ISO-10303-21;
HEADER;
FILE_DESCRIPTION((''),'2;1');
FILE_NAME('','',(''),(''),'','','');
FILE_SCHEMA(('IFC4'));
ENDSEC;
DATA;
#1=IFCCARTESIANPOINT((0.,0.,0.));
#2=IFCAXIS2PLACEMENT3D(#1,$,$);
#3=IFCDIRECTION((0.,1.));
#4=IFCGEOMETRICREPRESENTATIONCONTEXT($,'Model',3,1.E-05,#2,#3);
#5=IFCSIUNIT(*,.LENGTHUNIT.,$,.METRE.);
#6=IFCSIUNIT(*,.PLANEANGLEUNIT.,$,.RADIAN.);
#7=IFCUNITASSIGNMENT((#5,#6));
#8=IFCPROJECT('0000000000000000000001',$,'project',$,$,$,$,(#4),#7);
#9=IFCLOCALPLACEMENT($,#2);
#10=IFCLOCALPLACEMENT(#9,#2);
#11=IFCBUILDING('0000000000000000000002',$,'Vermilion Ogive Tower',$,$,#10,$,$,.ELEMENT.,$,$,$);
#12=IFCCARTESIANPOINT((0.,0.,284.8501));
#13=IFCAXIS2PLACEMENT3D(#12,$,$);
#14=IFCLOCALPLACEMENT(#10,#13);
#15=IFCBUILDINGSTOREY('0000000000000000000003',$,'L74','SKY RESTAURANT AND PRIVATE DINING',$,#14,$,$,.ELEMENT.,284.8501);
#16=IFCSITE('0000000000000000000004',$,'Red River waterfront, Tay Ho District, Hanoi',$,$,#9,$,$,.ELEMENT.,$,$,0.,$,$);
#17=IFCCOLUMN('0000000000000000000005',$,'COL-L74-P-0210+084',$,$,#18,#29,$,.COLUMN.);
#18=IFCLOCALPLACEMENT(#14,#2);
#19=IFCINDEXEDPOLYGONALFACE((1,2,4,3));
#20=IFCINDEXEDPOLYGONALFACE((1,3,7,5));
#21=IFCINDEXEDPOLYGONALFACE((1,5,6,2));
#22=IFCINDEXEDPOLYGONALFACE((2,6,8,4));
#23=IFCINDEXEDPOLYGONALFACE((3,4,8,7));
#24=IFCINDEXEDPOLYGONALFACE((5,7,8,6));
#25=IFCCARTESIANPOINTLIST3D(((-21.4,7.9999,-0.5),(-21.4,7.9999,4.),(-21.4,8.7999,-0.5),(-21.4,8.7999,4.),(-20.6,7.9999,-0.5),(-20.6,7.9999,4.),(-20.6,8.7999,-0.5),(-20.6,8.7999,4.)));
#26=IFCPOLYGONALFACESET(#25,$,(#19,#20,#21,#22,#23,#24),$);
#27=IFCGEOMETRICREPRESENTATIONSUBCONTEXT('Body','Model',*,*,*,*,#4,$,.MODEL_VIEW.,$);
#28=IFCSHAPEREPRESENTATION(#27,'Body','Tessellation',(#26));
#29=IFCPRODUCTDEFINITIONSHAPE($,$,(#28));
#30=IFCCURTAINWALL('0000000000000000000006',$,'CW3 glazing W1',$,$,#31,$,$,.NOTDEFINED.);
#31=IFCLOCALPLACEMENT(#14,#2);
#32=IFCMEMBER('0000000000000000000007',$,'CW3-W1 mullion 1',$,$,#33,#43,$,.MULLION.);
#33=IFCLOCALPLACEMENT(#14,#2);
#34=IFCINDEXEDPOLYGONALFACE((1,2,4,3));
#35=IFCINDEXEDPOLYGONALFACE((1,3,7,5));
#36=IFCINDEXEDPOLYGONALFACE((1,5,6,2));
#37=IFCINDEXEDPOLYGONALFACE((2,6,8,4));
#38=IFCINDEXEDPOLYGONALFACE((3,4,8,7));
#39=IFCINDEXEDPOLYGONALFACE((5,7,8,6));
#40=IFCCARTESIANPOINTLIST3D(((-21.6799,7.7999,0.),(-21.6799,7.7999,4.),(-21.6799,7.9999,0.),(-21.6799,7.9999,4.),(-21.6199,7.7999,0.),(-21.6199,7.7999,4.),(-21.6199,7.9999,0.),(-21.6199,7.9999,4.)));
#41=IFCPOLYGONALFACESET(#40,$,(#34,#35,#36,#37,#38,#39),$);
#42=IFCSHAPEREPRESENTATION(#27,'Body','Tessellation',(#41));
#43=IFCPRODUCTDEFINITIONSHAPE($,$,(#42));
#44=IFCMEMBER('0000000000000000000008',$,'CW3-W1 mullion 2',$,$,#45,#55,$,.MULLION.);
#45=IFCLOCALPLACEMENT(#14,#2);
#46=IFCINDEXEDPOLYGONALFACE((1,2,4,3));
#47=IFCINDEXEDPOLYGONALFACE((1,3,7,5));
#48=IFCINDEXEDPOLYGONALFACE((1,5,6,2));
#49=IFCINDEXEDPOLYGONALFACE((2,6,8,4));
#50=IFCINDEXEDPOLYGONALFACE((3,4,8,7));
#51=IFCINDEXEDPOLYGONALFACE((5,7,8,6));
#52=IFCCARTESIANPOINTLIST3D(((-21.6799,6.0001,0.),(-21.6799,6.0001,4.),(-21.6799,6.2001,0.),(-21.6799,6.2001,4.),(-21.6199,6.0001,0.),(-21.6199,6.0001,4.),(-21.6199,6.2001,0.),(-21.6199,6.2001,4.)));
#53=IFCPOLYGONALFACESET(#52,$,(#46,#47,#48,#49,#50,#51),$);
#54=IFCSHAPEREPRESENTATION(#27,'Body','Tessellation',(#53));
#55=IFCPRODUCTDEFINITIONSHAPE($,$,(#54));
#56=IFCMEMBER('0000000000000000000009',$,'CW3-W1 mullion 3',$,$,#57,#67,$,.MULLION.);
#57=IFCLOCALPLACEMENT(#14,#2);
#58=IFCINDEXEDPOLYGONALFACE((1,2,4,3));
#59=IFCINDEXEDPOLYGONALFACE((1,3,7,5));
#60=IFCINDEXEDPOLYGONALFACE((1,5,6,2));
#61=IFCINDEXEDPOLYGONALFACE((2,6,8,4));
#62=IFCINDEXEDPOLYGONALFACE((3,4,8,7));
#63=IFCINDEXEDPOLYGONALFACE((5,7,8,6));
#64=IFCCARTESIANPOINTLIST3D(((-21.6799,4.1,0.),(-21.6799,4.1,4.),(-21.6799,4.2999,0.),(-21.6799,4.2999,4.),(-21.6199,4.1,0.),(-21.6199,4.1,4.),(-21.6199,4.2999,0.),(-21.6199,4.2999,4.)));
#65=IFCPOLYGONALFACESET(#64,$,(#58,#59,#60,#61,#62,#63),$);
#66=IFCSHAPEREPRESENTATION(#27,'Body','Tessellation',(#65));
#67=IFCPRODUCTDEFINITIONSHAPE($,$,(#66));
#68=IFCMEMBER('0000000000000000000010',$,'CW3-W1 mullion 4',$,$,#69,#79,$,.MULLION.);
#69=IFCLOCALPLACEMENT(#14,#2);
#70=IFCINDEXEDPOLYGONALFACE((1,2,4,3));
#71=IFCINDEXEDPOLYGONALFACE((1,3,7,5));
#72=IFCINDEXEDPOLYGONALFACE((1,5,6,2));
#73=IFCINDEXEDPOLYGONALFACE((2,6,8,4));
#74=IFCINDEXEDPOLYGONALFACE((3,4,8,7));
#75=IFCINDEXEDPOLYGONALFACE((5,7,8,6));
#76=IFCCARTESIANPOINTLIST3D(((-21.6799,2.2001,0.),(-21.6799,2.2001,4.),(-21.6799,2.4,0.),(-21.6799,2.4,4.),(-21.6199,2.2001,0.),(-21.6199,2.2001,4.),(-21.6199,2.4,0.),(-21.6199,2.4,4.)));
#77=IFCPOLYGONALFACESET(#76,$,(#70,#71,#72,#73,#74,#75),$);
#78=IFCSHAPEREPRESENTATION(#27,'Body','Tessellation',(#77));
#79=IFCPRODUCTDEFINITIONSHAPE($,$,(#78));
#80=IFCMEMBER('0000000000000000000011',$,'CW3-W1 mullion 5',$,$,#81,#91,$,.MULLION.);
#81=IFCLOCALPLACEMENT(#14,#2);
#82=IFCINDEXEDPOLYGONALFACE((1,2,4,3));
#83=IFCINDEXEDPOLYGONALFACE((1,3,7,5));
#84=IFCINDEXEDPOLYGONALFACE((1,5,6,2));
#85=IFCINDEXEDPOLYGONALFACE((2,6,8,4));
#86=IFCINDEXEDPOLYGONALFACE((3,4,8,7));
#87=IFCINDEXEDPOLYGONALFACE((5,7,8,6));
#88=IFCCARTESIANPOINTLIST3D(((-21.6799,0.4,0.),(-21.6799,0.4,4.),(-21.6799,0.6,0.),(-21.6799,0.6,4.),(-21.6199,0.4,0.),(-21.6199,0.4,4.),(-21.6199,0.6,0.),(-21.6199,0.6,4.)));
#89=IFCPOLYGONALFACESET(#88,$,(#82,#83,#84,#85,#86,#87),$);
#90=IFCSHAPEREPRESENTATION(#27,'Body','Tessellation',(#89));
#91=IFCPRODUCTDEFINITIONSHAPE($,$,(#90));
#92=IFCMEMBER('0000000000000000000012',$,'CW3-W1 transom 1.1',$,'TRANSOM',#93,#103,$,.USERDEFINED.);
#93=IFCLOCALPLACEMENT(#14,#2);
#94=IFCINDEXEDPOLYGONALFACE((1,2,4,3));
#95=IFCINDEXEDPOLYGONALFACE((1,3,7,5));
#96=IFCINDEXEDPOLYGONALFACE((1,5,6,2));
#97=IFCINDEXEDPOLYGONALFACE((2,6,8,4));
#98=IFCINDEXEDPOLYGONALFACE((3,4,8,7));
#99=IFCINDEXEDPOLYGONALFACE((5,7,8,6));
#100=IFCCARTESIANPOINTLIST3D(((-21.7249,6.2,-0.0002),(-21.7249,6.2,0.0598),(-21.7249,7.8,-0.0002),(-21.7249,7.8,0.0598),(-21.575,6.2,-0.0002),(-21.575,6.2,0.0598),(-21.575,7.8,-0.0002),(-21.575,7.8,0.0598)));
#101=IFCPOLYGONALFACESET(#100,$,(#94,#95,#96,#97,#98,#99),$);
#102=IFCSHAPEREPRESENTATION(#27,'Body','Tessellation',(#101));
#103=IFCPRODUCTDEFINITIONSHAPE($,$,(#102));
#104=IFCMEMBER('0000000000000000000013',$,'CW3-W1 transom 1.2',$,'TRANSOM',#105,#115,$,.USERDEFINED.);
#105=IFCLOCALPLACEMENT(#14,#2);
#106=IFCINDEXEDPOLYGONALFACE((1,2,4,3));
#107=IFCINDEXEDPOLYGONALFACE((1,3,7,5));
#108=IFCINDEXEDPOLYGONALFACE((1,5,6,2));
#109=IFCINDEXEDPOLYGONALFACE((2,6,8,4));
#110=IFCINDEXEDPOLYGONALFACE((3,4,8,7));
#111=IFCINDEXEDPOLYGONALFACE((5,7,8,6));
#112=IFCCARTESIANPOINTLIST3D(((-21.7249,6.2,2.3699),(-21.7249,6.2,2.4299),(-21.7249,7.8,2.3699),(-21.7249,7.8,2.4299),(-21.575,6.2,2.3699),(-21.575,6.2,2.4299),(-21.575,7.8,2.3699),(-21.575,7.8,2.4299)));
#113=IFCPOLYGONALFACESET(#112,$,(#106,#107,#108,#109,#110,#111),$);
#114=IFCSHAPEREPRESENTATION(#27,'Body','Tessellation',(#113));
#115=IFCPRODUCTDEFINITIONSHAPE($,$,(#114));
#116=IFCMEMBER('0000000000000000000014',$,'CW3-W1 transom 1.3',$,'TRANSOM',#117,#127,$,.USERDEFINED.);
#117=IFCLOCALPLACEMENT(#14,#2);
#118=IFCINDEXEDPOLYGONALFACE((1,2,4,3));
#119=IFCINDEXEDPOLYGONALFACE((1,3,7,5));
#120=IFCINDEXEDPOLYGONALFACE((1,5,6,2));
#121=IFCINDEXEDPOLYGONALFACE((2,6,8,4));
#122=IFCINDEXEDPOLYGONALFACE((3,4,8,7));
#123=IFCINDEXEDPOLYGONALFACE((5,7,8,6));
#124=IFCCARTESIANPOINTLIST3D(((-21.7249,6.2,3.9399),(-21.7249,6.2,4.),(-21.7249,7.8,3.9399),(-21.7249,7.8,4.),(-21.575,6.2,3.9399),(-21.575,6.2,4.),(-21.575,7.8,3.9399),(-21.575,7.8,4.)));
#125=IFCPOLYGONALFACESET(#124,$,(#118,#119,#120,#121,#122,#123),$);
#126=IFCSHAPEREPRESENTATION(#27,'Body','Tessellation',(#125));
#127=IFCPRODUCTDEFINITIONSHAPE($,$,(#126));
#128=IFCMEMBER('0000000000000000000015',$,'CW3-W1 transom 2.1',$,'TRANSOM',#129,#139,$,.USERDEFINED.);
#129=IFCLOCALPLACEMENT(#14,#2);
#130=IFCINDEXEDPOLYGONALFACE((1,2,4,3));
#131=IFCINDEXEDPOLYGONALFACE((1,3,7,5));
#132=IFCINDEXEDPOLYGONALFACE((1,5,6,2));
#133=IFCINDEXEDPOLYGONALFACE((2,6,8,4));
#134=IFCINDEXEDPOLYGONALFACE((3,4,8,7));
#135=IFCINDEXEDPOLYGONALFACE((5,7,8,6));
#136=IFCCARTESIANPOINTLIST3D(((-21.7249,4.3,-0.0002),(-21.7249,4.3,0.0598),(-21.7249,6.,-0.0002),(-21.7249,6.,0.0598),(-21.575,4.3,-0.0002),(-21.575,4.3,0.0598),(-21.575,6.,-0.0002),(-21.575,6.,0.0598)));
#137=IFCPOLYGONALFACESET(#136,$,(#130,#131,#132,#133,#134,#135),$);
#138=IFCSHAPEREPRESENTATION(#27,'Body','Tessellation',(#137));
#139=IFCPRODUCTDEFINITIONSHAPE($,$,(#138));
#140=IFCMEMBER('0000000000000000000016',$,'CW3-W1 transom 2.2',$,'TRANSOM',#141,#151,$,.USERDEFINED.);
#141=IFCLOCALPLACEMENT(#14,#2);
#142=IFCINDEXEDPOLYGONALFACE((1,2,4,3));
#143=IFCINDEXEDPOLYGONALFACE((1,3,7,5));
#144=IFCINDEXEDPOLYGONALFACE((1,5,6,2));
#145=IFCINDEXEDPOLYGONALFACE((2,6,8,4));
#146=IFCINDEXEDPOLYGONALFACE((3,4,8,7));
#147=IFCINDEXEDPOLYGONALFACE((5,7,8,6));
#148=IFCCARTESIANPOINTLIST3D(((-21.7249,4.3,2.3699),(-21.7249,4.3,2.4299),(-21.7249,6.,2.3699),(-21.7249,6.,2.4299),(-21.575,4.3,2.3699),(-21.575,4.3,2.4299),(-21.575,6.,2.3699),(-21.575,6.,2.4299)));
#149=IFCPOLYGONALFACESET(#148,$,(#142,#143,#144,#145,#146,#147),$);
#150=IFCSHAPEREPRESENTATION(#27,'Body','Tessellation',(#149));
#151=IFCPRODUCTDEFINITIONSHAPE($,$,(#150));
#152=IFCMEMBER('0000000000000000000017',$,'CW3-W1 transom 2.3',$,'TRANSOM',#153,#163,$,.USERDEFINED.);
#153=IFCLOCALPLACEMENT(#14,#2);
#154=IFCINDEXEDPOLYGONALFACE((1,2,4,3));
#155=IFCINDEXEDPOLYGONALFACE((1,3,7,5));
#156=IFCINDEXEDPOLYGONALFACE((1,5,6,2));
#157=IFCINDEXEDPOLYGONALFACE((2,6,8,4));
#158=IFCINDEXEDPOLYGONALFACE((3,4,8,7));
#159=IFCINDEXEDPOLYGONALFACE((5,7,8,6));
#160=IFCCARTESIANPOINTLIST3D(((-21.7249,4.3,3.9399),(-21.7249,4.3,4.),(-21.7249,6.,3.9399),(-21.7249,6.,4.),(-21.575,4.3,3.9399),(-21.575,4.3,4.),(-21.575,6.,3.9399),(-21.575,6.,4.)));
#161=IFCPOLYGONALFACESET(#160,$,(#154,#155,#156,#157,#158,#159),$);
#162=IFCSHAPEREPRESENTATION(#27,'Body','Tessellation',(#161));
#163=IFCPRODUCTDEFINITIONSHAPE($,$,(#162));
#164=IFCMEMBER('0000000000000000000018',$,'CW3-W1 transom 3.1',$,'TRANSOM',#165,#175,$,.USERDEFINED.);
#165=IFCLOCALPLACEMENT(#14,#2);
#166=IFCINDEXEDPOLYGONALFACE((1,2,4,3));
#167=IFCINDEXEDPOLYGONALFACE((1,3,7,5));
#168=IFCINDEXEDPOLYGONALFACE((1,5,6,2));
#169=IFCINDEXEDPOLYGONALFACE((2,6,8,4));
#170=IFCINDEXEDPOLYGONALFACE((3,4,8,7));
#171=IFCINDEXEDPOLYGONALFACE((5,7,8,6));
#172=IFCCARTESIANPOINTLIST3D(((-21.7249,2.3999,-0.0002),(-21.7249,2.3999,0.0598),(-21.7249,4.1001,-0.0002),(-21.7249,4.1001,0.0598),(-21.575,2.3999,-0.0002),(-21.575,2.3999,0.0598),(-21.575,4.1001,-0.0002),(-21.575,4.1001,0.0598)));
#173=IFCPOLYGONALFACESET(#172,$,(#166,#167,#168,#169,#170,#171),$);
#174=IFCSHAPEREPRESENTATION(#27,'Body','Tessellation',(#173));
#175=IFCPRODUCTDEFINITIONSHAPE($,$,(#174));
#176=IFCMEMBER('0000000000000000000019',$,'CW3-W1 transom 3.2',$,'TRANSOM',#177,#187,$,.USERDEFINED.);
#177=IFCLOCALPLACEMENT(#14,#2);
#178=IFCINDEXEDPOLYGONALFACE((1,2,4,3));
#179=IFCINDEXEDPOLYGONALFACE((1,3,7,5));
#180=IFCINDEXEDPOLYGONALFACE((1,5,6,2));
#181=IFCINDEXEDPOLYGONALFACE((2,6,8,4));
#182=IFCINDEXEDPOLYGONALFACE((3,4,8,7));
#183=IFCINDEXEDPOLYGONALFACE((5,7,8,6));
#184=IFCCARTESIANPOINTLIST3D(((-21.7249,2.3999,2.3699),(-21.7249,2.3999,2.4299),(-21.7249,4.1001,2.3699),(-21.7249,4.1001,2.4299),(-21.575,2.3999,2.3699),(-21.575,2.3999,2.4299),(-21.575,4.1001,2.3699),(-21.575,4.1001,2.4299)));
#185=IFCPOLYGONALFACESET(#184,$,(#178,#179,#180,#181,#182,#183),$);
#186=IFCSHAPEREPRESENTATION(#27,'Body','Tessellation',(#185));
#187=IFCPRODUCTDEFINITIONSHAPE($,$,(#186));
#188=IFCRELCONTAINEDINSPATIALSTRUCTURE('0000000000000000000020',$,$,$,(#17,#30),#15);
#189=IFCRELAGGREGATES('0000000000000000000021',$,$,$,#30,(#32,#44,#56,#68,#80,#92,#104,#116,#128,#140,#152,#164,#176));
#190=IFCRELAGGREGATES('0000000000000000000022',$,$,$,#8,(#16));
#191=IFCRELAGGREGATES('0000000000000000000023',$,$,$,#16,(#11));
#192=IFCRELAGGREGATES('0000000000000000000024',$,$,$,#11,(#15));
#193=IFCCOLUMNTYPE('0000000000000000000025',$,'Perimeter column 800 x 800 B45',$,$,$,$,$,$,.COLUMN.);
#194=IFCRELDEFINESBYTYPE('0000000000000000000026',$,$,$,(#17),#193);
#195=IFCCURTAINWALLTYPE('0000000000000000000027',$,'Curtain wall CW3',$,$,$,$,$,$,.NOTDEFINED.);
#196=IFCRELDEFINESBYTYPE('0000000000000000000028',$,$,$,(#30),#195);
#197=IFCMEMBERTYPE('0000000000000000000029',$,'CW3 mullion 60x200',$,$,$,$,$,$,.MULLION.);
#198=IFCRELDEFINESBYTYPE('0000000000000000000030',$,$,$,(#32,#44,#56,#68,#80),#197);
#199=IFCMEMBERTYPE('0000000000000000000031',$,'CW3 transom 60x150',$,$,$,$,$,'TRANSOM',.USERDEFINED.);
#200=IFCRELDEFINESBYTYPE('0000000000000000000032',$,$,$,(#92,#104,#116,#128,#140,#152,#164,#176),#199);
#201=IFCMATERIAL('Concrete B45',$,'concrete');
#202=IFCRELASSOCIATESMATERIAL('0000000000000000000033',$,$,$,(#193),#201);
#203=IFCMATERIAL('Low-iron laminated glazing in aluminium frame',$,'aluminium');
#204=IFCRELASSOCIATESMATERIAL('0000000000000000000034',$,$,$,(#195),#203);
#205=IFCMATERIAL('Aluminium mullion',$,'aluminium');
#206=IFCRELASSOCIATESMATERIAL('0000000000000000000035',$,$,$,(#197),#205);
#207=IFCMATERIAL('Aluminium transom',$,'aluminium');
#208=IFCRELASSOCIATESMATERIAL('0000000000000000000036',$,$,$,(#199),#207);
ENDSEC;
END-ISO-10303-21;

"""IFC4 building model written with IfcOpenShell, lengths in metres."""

from ifc_helpers import new_model, si_unit, direction, frame, origin, origin_2d, place, context, subcontext, project, spatial, rectangle, extrude, material, material_profile, profile_set, type_object, element, aggregate, save


model = new_model("IFC4")

# Units and contexts
model_context = context("Model", 3, precision=1e-05, world=origin(), true_north=direction((0.0, 1.0)))
body_context = subcontext(model_context, "Body", "Model", "MODEL_VIEW")
ifc_project = project(units=[si_unit("LENGTHUNIT", "METRE"), si_unit("PLANEANGLEUNIT", "RADIAN")], contexts=[model_context])

# Site, building, storey
site_placement = place(None, origin())
site = spatial("IfcSite", under=ifc_project, at=site_placement, Name="Red River waterfront, Tay Ho District, Hanoi", CompositionType="ELEMENT", RefElevation=0.0)
building_placement = place(site_placement, origin())
building = spatial("IfcBuilding", under=site, at=building_placement, Name="Vermilion Ogive Tower", CompositionType="ELEMENT")
storey_placement = place(building_placement, frame((0.0, 0.0, 284.8501)))
storey = spatial("IfcBuildingStorey", under=building, at=storey_placement, Name="L74", Description="SKY RESTAURANT AND PRIVATE DINING", CompositionType="ELEMENT", Elevation=284.8501)

# Column
ifc_material_1 = material(Name="Concrete B45", Category="concrete")
ifc_material_profile_1 = material_profile(ifc_material_1, rectangle(XDim=0.8, YDim=0.8, at=origin_2d()), Name="800 x 800")
ifc_profile_set_1 = profile_set([ifc_material_profile_1], Name="Concrete B45")
column_type = type_object("IfcColumnType", Name="Perimeter column 800 x 800 B45", PredefinedType="COLUMN", material=ifc_profile_set_1)
column_placement = place(storey_placement, frame((-21.0, 8.3999, -0.5), z_axis=(0.0, 0.0, 1.0), x_axis=(1.0, 0.0, 0.0)))
element("IfcColumn", 1, at=column_placement, inside=storey, type_object=column_type, Name="COL-L74-P-0210+084", PredefinedType="COLUMN", context=body_context, shape_type="SweptSolid", body=[
    extrude(rectangle(XDim=0.8, YDim=0.8, at=origin_2d()), origin(), (0.0, 0.0, 1.0), 4.5),
])

# Curtain wall, members
ifc_material_2 = material(Name="Low-iron laminated glazing in aluminium frame", Category="aluminium")
curtain_wall_type = type_object("IfcCurtainWallType", Name="Curtain wall CW3", PredefinedType="NOTDEFINED", material=ifc_material_2)
curtain_wall_placement = place(storey_placement, origin())
curtain_wall = element("IfcCurtainWall", 2, at=curtain_wall_placement, inside=storey, type_object=curtain_wall_type, Name="CW3 glazing W1", PredefinedType="NOTDEFINED")
ifc_material_3 = material(Name="Aluminium mullion", Category="aluminium")
ifc_material_profile_2 = material_profile(ifc_material_3, rectangle(XDim=0.0601, YDim=0.2, at=origin_2d()), Name="AL 60x200")
ifc_profile_set_2 = profile_set([ifc_material_profile_2], Name="Aluminium mullion")
member_type_1 = type_object("IfcMemberType", Name="CW3 mullion 60x200", PredefinedType="MULLION", material=ifc_profile_set_2)
member_1_placement = place(storey_placement, frame((-21.6499, 7.8999, 0.0), z_axis=(0.0, 0.0, 1.0), x_axis=(1.0, 0.0, 0.0)))
member_1 = element("IfcMember", 3, at=member_1_placement, type_object=member_type_1, Name="CW3-W1 mullion 1", PredefinedType="MULLION", context=body_context, shape_type="SweptSolid", body=[
    extrude(rectangle(XDim=0.0601, YDim=0.2, at=origin_2d()), origin(), (0.0, 0.0, 1.0), 4.0),
])
member_2_placement = place(storey_placement, frame((-21.6499, 6.1001, 0.0), z_axis=(0.0, 0.0, 1.0), x_axis=(1.0, 0.0, 0.0)))
member_2 = element("IfcMember", 4, at=member_2_placement, type_object=member_type_1, Name="CW3-W1 mullion 2", PredefinedType="MULLION", context=body_context, shape_type="SweptSolid", body=[
    extrude(rectangle(XDim=0.0601, YDim=0.2, at=origin_2d()), origin(), (0.0, 0.0, 1.0), 4.0),
])
member_3_placement = place(storey_placement, frame((-21.6499, 4.2, 0.0), z_axis=(0.0, 0.0, 1.0), x_axis=(1.0, 0.0, 0.0)))
member_3 = element("IfcMember", 5, at=member_3_placement, type_object=member_type_1, Name="CW3-W1 mullion 3", PredefinedType="MULLION", context=body_context, shape_type="SweptSolid", body=[
    extrude(rectangle(XDim=0.0601, YDim=0.2, at=origin_2d()), origin(), (0.0, 0.0, 1.0), 4.0),
])
member_4_placement = place(storey_placement, frame((-21.6499, 2.3, 0.0), z_axis=(0.0, 0.0, 1.0), x_axis=(1.0, 0.0, 0.0)))
member_4 = element("IfcMember", 6, at=member_4_placement, type_object=member_type_1, Name="CW3-W1 mullion 4", PredefinedType="MULLION", context=body_context, shape_type="SweptSolid", body=[
    extrude(rectangle(XDim=0.0601, YDim=0.2, at=origin_2d()), origin(), (0.0, 0.0, 1.0), 4.0),
])
member_5_placement = place(storey_placement, frame((-21.6499, 0.5, 0.0), z_axis=(0.0, 0.0, 1.0), x_axis=(1.0, 0.0, 0.0)))
member_5 = element("IfcMember", 7, at=member_5_placement, type_object=member_type_1, Name="CW3-W1 mullion 5", PredefinedType="MULLION", context=body_context, shape_type="SweptSolid", body=[
    extrude(rectangle(XDim=0.0601, YDim=0.2, at=origin_2d()), origin(), (0.0, 0.0, 1.0), 4.0),
])
ifc_material_4 = material(Name="Aluminium transom", Category="aluminium")
ifc_material_profile_3 = material_profile(ifc_material_4, rectangle(XDim=0.1499, YDim=0.0601, at=origin_2d()), Name="AL 60x150")
ifc_profile_set_3 = profile_set([ifc_material_profile_3], Name="Aluminium transom")
member_type_2 = type_object("IfcMemberType", Name="CW3 transom 60x150", ElementType="TRANSOM", PredefinedType="USERDEFINED", material=ifc_profile_set_3)
member_6_placement = place(storey_placement, frame((-21.6499, 7.8, 0.0298), z_axis=(0.0, -1.0, 0.0), x_axis=(1.0, 0.0, 0.0)))
member_6 = element("IfcMember", 8, at=member_6_placement, type_object=member_type_2, Name="CW3-W1 transom 1.1", ObjectType="TRANSOM", PredefinedType="USERDEFINED", context=body_context, shape_type="SweptSolid", body=[
    extrude(rectangle(XDim=0.1499, YDim=0.0601, at=origin_2d()), origin(), (0.0, 0.0, 1.0), 1.6001),
])
member_7_placement = place(storey_placement, frame((-21.6499, 7.8, 2.3999), z_axis=(0.0, -1.0, 0.0), x_axis=(1.0, 0.0, 0.0)))
member_7 = element("IfcMember", 9, at=member_7_placement, type_object=member_type_2, Name="CW3-W1 transom 1.2", ObjectType="TRANSOM", PredefinedType="USERDEFINED", context=body_context, shape_type="SweptSolid", body=[
    extrude(rectangle(XDim=0.1499, YDim=0.0601, at=origin_2d()), origin(), (0.0, 0.0, 1.0), 1.6001),
])
member_8_placement = place(storey_placement, frame((-21.6499, 7.8, 3.97), z_axis=(0.0, -1.0, 0.0), x_axis=(1.0, 0.0, 0.0)))
member_8 = element("IfcMember", 10, at=member_8_placement, type_object=member_type_2, Name="CW3-W1 transom 1.3", ObjectType="TRANSOM", PredefinedType="USERDEFINED", context=body_context, shape_type="SweptSolid", body=[
    extrude(rectangle(XDim=0.1499, YDim=0.0601, at=origin_2d()), origin(), (0.0, 0.0, 1.0), 1.6001),
])
member_9_placement = place(storey_placement, frame((-21.6499, 6.0, 0.0298), z_axis=(0.0, -1.0, 0.0), x_axis=(1.0, 0.0, 0.0)))
member_9 = element("IfcMember", 11, at=member_9_placement, type_object=member_type_2, Name="CW3-W1 transom 2.1", ObjectType="TRANSOM", PredefinedType="USERDEFINED", context=body_context, shape_type="SweptSolid", body=[
    extrude(rectangle(XDim=0.1499, YDim=0.0601, at=origin_2d()), origin(), (0.0, 0.0, 1.0), 1.7),
])
member_10_placement = place(storey_placement, frame((-21.6499, 6.0, 2.3999), z_axis=(0.0, -1.0, 0.0), x_axis=(1.0, 0.0, 0.0)))
member_10 = element("IfcMember", 12, at=member_10_placement, type_object=member_type_2, Name="CW3-W1 transom 2.2", ObjectType="TRANSOM", PredefinedType="USERDEFINED", context=body_context, shape_type="SweptSolid", body=[
    extrude(rectangle(XDim=0.1499, YDim=0.0601, at=origin_2d()), origin(), (0.0, 0.0, 1.0), 1.7),
])
member_11_placement = place(storey_placement, frame((-21.6499, 6.0, 3.97), z_axis=(0.0, -1.0, 0.0), x_axis=(1.0, 0.0, 0.0)))
member_11 = element("IfcMember", 13, at=member_11_placement, type_object=member_type_2, Name="CW3-W1 transom 2.3", ObjectType="TRANSOM", PredefinedType="USERDEFINED", context=body_context, shape_type="SweptSolid", body=[
    extrude(rectangle(XDim=0.1499, YDim=0.0601, at=origin_2d()), origin(), (0.0, 0.0, 1.0), 1.7),
])
member_12_placement = place(storey_placement, frame((-21.6499, 4.1001, 0.0298), z_axis=(0.0, -1.0, 0.0), x_axis=(1.0, 0.0, 0.0)))
member_12 = element("IfcMember", 14, at=member_12_placement, type_object=member_type_2, Name="CW3-W1 transom 3.1", ObjectType="TRANSOM", PredefinedType="USERDEFINED", context=body_context, shape_type="SweptSolid", body=[
    extrude(rectangle(XDim=0.1499, YDim=0.0601, at=origin_2d()), origin(), (0.0, 0.0, 1.0), 1.7002),
])
member_13_placement = place(storey_placement, frame((-21.6499, 4.1001, 2.3999), z_axis=(0.0, -1.0, 0.0), x_axis=(1.0, 0.0, 0.0)))
member_13 = element("IfcMember", 15, at=member_13_placement, type_object=member_type_2, Name="CW3-W1 transom 3.2", ObjectType="TRANSOM", PredefinedType="USERDEFINED", context=body_context, shape_type="SweptSolid", body=[
    extrude(rectangle(XDim=0.1499, YDim=0.0601, at=origin_2d()), origin(), (0.0, 0.0, 1.0), 1.7002),
])

aggregate(curtain_wall, [member_1, member_2, member_3, member_4, member_5, member_6, member_7, member_8, member_9, member_10, member_11, member_12, member_13])

save(model, "model.ifc")
